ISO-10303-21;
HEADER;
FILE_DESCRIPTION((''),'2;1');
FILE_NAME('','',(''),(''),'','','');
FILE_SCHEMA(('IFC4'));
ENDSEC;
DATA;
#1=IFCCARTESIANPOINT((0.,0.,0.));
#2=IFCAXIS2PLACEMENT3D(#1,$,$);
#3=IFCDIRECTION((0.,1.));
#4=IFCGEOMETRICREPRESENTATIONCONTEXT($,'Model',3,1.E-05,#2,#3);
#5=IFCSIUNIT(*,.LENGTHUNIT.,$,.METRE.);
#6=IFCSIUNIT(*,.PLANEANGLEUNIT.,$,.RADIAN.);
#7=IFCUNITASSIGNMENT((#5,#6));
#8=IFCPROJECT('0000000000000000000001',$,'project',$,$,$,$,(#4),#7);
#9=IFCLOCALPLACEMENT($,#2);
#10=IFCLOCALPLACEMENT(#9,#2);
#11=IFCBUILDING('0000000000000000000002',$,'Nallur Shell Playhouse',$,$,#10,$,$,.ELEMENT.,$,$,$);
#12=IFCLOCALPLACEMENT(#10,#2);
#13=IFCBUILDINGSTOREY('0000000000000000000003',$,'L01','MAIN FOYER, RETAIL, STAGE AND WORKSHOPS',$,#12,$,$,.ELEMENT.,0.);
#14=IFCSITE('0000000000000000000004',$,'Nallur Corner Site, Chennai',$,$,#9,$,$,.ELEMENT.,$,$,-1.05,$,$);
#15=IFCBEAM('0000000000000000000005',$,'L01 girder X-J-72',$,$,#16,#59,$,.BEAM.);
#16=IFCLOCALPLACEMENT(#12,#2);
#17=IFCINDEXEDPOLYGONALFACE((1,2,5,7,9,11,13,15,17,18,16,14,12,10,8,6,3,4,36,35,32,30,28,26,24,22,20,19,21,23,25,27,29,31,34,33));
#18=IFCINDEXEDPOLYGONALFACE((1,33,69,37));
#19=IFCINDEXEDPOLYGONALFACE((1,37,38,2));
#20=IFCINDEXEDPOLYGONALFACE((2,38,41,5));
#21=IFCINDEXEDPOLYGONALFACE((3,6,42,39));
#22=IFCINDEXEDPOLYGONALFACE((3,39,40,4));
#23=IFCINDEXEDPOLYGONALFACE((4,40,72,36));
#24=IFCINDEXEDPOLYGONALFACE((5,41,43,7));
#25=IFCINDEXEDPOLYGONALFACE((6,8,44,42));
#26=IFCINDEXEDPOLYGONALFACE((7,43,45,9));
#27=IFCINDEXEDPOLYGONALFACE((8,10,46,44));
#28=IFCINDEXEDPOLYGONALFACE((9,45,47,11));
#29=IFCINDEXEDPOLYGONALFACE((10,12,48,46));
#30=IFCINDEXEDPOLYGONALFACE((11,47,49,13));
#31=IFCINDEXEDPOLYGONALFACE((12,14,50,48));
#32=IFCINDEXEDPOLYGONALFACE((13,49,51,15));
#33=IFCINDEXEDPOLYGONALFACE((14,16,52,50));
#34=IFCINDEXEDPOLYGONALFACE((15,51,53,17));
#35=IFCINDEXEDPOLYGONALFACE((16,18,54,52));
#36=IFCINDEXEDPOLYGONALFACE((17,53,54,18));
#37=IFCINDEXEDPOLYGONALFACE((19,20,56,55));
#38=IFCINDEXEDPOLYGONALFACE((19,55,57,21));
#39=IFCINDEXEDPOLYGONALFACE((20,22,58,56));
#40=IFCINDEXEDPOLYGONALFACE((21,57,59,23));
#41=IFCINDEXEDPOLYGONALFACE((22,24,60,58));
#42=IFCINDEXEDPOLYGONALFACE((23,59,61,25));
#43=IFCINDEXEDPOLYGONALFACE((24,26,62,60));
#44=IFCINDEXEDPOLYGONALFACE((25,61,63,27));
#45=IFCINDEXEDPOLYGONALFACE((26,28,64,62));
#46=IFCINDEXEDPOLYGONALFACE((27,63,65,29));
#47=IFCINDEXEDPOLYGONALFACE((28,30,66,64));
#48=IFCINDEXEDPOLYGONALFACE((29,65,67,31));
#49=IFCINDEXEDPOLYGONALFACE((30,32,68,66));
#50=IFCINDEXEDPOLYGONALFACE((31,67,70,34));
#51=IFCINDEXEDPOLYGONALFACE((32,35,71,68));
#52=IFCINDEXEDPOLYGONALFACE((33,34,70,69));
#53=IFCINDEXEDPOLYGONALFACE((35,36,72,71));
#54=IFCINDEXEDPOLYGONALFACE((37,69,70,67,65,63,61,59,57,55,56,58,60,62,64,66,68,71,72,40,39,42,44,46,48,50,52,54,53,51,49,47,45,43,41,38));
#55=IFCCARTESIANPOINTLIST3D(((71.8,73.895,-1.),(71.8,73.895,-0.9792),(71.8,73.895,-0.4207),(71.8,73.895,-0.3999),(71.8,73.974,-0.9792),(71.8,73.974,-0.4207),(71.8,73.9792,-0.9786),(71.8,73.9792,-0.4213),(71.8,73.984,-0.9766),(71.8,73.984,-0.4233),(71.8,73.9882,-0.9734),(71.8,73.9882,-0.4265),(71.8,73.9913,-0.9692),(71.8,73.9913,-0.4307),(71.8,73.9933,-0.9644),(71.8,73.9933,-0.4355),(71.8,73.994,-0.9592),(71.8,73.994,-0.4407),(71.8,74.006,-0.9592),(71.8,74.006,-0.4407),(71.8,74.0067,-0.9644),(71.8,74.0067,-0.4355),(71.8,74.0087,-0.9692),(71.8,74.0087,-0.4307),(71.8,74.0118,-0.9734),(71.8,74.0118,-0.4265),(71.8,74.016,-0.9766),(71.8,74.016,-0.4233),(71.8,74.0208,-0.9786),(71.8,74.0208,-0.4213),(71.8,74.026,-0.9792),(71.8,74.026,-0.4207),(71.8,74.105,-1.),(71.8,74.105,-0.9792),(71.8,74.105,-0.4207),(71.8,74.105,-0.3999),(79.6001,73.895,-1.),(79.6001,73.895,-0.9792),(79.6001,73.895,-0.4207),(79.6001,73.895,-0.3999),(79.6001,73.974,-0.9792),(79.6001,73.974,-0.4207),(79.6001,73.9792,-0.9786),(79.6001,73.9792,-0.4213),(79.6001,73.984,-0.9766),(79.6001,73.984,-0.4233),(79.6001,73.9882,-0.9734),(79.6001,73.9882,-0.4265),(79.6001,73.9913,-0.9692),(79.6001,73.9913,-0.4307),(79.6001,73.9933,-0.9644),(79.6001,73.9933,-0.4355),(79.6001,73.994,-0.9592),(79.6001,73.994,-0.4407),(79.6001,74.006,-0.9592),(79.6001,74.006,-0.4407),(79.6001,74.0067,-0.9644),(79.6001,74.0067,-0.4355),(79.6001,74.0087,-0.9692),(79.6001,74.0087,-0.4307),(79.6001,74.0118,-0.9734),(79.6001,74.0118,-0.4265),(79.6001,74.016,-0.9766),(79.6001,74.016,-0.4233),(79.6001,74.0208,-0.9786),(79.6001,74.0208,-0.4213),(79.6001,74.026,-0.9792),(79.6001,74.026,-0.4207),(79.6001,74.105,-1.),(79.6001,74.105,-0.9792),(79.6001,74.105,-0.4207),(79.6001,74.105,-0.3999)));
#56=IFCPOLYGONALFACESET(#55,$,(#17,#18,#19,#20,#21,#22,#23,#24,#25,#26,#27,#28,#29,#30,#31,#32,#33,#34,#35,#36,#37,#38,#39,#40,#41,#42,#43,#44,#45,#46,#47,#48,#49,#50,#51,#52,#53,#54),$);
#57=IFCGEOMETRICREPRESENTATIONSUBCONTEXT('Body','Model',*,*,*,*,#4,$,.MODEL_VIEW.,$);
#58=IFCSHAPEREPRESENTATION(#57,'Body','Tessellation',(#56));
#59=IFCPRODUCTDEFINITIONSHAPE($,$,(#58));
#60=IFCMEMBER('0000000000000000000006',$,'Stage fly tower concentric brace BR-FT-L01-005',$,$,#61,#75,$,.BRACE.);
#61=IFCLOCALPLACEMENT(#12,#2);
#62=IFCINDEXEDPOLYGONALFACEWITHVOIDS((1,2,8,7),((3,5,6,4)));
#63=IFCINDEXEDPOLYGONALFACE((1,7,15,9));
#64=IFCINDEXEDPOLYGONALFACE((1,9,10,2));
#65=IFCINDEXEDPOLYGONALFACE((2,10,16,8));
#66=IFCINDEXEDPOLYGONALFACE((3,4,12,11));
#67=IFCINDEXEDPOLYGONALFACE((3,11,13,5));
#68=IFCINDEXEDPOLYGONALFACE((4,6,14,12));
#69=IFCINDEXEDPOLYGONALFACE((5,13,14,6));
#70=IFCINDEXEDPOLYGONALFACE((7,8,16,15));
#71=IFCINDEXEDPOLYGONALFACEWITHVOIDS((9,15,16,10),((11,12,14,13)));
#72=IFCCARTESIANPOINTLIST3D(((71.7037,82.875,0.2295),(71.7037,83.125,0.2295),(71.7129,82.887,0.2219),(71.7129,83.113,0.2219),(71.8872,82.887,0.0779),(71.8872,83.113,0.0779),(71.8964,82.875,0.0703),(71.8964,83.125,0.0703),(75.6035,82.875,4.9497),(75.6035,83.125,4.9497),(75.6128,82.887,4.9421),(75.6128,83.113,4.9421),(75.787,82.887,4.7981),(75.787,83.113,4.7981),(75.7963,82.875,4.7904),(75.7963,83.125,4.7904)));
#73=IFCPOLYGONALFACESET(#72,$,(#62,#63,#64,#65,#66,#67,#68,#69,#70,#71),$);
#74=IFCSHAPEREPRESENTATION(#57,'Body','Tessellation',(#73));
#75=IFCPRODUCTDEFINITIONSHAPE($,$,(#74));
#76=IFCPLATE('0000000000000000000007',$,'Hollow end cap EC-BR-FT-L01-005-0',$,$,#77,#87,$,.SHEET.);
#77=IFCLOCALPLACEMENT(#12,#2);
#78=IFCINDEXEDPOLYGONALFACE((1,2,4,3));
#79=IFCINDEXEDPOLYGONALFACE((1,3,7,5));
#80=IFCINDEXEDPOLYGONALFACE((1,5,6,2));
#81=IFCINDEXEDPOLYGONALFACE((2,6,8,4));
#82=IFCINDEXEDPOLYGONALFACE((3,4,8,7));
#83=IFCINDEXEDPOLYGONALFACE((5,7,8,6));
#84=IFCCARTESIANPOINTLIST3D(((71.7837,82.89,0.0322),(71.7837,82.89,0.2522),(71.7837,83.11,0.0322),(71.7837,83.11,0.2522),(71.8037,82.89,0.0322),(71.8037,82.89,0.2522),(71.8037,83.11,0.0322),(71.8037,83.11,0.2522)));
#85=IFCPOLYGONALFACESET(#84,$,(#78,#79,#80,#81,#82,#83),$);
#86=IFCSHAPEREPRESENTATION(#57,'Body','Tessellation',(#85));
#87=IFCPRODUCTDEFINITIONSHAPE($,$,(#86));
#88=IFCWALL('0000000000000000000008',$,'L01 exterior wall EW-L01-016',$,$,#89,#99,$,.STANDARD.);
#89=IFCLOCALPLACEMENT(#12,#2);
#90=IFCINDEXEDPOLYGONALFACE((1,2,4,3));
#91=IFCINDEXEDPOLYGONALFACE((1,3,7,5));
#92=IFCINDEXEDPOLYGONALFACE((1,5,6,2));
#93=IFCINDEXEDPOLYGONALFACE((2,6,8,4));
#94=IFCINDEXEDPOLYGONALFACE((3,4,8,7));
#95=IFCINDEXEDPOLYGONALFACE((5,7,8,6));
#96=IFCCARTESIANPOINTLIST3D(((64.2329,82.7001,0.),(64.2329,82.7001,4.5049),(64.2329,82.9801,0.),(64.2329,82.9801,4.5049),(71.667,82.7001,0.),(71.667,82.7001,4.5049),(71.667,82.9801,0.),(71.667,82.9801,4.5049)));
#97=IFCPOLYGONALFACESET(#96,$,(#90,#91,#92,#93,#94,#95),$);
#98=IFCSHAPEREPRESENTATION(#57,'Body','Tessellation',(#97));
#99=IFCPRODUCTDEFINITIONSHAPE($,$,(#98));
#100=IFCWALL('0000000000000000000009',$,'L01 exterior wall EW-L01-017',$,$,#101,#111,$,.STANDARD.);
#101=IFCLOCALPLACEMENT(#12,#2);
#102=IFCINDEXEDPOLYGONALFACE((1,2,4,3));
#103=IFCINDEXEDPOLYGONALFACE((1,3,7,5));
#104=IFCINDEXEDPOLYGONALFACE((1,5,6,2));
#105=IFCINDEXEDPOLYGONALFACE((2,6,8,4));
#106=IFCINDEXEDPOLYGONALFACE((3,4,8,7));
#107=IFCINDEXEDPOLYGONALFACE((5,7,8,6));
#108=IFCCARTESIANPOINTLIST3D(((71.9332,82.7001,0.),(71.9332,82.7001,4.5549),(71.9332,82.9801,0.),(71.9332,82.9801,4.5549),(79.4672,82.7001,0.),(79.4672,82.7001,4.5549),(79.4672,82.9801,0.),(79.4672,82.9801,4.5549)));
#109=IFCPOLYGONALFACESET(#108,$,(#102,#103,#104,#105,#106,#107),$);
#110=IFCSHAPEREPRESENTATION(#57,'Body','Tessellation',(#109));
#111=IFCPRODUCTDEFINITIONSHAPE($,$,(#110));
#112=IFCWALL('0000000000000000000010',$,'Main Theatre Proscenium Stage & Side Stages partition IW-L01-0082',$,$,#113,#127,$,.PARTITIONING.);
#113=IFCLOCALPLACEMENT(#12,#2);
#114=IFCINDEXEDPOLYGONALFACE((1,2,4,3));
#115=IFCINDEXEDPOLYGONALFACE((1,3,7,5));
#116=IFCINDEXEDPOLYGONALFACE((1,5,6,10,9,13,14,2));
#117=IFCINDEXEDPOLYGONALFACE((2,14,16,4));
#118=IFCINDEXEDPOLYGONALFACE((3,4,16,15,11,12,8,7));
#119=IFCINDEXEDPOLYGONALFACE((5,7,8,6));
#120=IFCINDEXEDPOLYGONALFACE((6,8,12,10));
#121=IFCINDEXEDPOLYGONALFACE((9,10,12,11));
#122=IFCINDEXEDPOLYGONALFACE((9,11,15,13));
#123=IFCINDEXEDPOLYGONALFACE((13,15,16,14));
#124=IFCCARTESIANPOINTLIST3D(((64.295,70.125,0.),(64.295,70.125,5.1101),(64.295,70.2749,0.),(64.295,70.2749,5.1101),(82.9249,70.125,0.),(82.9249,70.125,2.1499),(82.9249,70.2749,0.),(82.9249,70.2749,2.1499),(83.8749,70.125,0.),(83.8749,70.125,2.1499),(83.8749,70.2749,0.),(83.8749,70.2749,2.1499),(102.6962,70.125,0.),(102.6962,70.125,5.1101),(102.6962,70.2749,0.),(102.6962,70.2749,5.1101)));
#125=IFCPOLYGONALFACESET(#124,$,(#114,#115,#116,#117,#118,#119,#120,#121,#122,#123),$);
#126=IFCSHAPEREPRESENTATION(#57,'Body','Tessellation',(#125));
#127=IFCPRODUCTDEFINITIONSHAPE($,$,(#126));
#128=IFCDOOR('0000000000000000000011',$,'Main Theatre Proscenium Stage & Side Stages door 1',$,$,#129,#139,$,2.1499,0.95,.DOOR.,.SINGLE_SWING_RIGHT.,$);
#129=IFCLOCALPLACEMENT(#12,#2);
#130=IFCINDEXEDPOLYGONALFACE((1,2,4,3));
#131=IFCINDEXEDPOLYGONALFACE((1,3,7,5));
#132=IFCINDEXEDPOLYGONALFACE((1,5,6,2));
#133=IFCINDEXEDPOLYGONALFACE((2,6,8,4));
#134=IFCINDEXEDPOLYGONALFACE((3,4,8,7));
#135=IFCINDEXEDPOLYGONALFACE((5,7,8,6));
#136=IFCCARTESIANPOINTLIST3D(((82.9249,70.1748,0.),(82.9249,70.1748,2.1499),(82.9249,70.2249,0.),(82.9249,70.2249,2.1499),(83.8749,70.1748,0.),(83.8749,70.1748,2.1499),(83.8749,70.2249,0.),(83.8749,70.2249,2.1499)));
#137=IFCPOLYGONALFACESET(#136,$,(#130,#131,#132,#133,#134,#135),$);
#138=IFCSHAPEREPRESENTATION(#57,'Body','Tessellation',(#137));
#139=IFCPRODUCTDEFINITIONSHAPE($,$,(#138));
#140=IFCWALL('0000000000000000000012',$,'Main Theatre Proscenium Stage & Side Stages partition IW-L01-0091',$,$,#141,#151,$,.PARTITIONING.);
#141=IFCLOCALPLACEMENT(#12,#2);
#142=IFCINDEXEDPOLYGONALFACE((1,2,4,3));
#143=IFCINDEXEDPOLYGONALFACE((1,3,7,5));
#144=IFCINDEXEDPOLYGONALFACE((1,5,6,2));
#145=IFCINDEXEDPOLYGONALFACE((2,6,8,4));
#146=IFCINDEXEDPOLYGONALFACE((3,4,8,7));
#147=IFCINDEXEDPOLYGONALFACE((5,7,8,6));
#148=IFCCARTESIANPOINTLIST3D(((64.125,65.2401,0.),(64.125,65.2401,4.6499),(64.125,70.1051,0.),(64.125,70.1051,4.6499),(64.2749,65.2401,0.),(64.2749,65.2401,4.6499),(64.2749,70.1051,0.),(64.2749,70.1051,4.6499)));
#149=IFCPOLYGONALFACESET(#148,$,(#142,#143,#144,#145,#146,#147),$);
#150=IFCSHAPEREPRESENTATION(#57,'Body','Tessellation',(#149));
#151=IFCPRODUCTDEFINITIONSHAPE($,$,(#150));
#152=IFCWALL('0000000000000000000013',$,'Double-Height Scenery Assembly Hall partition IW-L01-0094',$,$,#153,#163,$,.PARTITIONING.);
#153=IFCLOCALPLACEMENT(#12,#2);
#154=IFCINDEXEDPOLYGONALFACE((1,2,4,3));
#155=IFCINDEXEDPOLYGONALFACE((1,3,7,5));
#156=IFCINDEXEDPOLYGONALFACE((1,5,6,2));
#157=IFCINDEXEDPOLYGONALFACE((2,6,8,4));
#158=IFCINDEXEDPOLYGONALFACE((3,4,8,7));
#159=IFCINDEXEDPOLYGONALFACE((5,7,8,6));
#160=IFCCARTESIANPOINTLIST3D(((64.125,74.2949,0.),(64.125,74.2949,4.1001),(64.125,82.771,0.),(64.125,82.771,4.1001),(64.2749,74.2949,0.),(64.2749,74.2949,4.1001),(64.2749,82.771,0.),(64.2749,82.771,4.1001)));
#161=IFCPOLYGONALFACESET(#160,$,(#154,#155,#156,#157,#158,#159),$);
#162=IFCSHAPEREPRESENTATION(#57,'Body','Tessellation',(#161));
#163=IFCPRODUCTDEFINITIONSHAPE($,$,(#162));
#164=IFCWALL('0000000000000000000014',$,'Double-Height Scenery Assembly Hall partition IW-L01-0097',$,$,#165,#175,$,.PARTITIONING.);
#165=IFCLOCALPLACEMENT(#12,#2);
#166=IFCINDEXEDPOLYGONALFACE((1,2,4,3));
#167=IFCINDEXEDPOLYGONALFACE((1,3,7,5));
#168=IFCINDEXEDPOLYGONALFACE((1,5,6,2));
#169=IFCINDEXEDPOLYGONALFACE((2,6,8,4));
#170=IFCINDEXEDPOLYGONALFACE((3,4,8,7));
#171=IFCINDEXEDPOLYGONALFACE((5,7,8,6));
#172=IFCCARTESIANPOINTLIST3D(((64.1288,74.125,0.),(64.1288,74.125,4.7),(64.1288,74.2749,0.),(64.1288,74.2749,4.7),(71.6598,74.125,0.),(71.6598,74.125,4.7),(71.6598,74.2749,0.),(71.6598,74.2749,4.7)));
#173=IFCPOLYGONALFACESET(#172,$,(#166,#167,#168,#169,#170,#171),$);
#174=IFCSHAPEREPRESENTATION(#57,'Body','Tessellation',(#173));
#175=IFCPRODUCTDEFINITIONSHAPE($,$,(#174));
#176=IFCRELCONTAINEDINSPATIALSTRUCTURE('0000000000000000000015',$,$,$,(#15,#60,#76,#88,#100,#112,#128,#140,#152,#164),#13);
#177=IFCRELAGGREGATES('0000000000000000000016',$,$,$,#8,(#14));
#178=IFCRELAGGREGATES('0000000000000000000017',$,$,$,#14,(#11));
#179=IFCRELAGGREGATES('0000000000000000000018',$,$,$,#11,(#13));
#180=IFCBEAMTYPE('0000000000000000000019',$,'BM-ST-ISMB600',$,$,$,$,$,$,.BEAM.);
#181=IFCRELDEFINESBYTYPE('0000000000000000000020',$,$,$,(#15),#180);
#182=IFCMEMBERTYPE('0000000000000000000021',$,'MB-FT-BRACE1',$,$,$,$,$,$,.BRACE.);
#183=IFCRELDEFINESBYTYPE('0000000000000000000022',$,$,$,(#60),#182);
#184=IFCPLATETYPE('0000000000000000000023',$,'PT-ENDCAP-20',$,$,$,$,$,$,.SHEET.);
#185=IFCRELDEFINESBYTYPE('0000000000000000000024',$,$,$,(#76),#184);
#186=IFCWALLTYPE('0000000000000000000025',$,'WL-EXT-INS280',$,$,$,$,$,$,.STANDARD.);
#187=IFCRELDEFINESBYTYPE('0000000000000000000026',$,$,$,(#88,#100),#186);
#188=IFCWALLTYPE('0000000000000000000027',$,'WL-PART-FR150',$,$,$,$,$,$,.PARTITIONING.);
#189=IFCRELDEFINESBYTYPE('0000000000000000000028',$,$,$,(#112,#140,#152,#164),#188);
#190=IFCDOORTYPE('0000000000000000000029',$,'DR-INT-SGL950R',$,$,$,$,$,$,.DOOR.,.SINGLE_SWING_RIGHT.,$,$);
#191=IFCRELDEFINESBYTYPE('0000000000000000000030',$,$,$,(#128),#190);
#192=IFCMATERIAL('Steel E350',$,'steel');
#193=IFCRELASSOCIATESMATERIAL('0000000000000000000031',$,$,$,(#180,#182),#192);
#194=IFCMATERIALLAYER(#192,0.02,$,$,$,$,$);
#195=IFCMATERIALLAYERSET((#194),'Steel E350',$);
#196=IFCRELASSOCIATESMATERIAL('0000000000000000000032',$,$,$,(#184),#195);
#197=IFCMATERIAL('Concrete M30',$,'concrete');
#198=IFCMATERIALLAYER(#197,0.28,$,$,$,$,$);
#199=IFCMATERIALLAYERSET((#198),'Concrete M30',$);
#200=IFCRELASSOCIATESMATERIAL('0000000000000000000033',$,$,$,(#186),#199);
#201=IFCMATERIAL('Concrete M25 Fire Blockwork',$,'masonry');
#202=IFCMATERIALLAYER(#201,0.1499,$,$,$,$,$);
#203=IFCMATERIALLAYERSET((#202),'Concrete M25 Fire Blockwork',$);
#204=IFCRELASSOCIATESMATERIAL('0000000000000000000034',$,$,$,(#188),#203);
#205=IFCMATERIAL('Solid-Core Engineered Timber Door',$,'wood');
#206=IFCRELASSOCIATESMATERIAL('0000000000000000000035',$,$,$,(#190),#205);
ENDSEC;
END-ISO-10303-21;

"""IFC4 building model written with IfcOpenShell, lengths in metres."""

from ifc_helpers import new_model, si_unit, direction, frame, frame_2d, origin, origin_2d, place, context, subcontext, project, spatial, rectangle, hollow_rectangle, i_section, extrude, material, layer, layer_set, material_profile, profile_set, type_object, element, fill, save


model = new_model("IFC4")

# Units and contexts
model_context = context("Model", 3, precision=1e-05, world=origin(), true_north=direction((0.0, 1.0)))
body_context = subcontext(model_context, "Body", "Model", "MODEL_VIEW")
ifc_project = project(units=[si_unit("LENGTHUNIT", "METRE"), si_unit("PLANEANGLEUNIT", "RADIAN")], contexts=[model_context])

# Site, building, storey
site_placement = place(None, origin())
site = spatial("IfcSite", under=ifc_project, at=site_placement, Name="Nallur Corner Site, Chennai", CompositionType="ELEMENT", RefElevation=-1.05)
building_placement = place(site_placement, origin())
building = spatial("IfcBuilding", under=site, at=building_placement, Name="Nallur Shell Playhouse", CompositionType="ELEMENT")
storey_placement = place(building_placement, origin())
storey = spatial("IfcBuildingStorey", under=building, at=storey_placement, Name="L01", Description="MAIN FOYER, RETAIL, STAGE AND WORKSHOPS", CompositionType="ELEMENT", Elevation=0.0)

# Shared definitions
ifc_material_1 = material(Name="Steel E350", Category="steel")

# Beam
ifc_material_profile_1 = material_profile(ifc_material_1, i_section(OverallWidth=0.21, OverallDepth=0.6001, WebThickness=0.012, FlangeThickness=0.0208, FilletRadius=0.02, at=origin_2d()), Name="ISMB 600")
ifc_profile_set_1 = profile_set([ifc_material_profile_1], Name="Steel E350")
beam_type_1 = type_object("IfcBeamType", Name="BM-ST-ISMB600", PredefinedType="BEAM", material=ifc_profile_set_1)
beam_1_placement = place(storey_placement, frame((71.8, 74.0, -0.7), z_axis=(1.0, 0.0, 0.0), x_axis=(0.0, 1.0, 0.0)))
element("IfcBeam", 1, at=beam_1_placement, inside=storey, type_object=beam_type_1, Name="L01 girder X-J-72", PredefinedType="BEAM", context=body_context, shape_type="SweptSolid", body=[
    extrude(i_section(OverallWidth=0.21, OverallDepth=0.6001, WebThickness=0.012, FlangeThickness=0.0208, FilletRadius=0.02, at=origin_2d()), origin(), (0.0, 0.0, 1.0), 7.8),
])

# Member
ifc_material_profile_2 = material_profile(ifc_material_1, hollow_rectangle(XDim=0.25, YDim=0.25, WallThickness=0.012, at=origin_2d()), Name="SHS 250x250x12")
ifc_profile_set_2 = profile_set([ifc_material_profile_2], Name="Steel E350")
member_type = type_object("IfcMemberType", Name="MB-FT-BRACE1", PredefinedType="BRACE", material=ifc_profile_set_2)
member_placement = place(storey_placement, frame((71.8, 83.0, 0.1499), z_axis=(0.636939, 0.0, 0.770914), x_axis=(0.0, 1.0, 0.0)))
element("IfcMember", 2, at=member_placement, inside=storey, type_object=member_type, Name="Stage fly tower concentric brace BR-FT-L01-005", PredefinedType="BRACE", context=body_context, shape_type="SweptSolid", body=[
    extrude(hollow_rectangle(XDim=0.25, YDim=0.25, WallThickness=0.012, at=origin_2d()), origin(), (0.0, 0.0, 1.0), 6.1228),
])

# Plate
ifc_layer_1 = layer(ifc_material_1, 0.02)
ifc_layer_set_1 = layer_set([ifc_layer_1], Name="Steel E350")
plate_type = type_object("IfcPlateType", Name="PT-ENDCAP-20", PredefinedType="SHEET", material=ifc_layer_set_1)
plate_placement = place(storey_placement, frame((71.7937, 83.0, 0.0322), z_axis=(0.0, 0.0, 1.0), x_axis=(1.0, 0.0, 0.0)))
element("IfcPlate", 3, at=plate_placement, inside=storey, type_object=plate_type, Name="Hollow end cap EC-BR-FT-L01-005-0", PredefinedType="SHEET", context=body_context, shape_type="SweptSolid", body=[
    extrude(rectangle(XDim=0.02, YDim=0.22, at=origin_2d()), origin(), (0.0, 0.0, 1.0), 0.22),
])

# Walls
ifc_material_2 = material(Name="Concrete M30", Category="concrete")
ifc_layer_2 = layer(ifc_material_2, 0.28)
ifc_layer_set_2 = layer_set([ifc_layer_2], Name="Concrete M30")
wall_type_1 = type_object("IfcWallType", Name="WL-EXT-INS280", PredefinedType="STANDARD", material=ifc_layer_set_2)
wall_1_placement = place(storey_placement, frame((64.2329, 82.8401, 0.0), z_axis=(0.0, 0.0, 1.0), x_axis=(1.0, 0.0, 0.0)))
element("IfcWall", 4, at=wall_1_placement, inside=storey, type_object=wall_type_1, Name="L01 exterior wall EW-L01-016", PredefinedType="STANDARD", context=body_context, shape_type="SweptSolid", body=[
    extrude(rectangle(XDim=7.4341, YDim=0.28, at=frame_2d((3.717, 0.0))), origin(), (0.0, 0.0, 1.0), 4.5049),
])
wall_2_placement = place(storey_placement, frame((71.9331, 82.8401, 0.0), z_axis=(0.0, 0.0, 1.0), x_axis=(1.0, 0.0, 0.0)))
element("IfcWall", 5, at=wall_2_placement, inside=storey, type_object=wall_type_1, Name="L01 exterior wall EW-L01-017", PredefinedType="STANDARD", context=body_context, shape_type="SweptSolid", body=[
    extrude(rectangle(XDim=7.5339, YDim=0.28, at=frame_2d((3.7671, 0.0))), origin(), (0.0, 0.0, 1.0), 4.5549),
])

# Wall, opening, door
ifc_material_3 = material(Name="Concrete M25 Fire Blockwork", Category="masonry")
ifc_layer_3 = layer(ifc_material_3, 0.1499)
ifc_layer_set_3 = layer_set([ifc_layer_3], Name="Concrete M25 Fire Blockwork")
wall_type_2 = type_object("IfcWallType", Name="WL-PART-FR150", PredefinedType="PARTITIONING", material=ifc_layer_set_3)
wall_3_placement = place(storey_placement, frame((64.2949, 70.2, 0.0), z_axis=(0.0, 0.0, 1.0), x_axis=(1.0, 0.0, 0.0)))
wall_3 = element("IfcWall", 6, at=wall_3_placement, inside=storey, type_object=wall_type_2, Name="Main Theatre Proscenium Stage & Side Stages partition IW-L01-0082", PredefinedType="PARTITIONING", context=body_context, shape_type="SweptSolid", body=[
    extrude(rectangle(XDim=38.4011, YDim=0.1499, at=frame_2d((19.2007, 0.0))), origin(), (0.0, 0.0, 1.0), 5.1101),
])
opening_placement = place(wall_3_placement, frame((18.6299, 0.0, 0.0)))
opening = element("IfcOpeningElement", 7, at=opening_placement, cuts=wall_3, PredefinedType="OPENING", context=body_context, shape_type="SweptSolid", body=[
    extrude(rectangle(XDim=0.95, YDim=2.1499, at=frame_2d((0.4751, 1.075))), frame((0.0, 0.085, 0.0), z_axis=(0.0, -1.0, 0.0), x_axis=(1.0, 0.0, 0.0)), (0.0, 0.0, 1.0), 0.1699),
])
ifc_material_4 = material(Name="Solid-Core Engineered Timber Door", Category="wood")
door_type = type_object("IfcDoorType", Name="DR-INT-SGL950R", OperationType="SINGLE_SWING_RIGHT", PredefinedType="DOOR", material=ifc_material_4)
door_placement = place(opening_placement, origin())
door = element("IfcDoor", 8, at=door_placement, inside=storey, type_object=door_type, Name="Main Theatre Proscenium Stage & Side Stages door 1", OperationType="SINGLE_SWING_RIGHT", OverallHeight=2.1499, OverallWidth=0.95, PredefinedType="DOOR", context=body_context, shape_type="SweptSolid", body=[
    extrude(rectangle(XDim=0.95, YDim=2.1499, at=frame_2d((0.4751, 1.075))), frame((0.0, 0.0249, 0.0), z_axis=(0.0, -1.0, 0.0), x_axis=(1.0, 0.0, 0.0)), (0.0, 0.0, 1.0), 0.05),
])
fill(opening, door)

# Walls
wall_4_placement = place(storey_placement, frame((64.2, 65.24, 0.0), z_axis=(0.0, 0.0, 1.0), x_axis=(0.0, 1.0, 0.0)))
element("IfcWall", 9, at=wall_4_placement, inside=storey, type_object=wall_type_2, Name="Main Theatre Proscenium Stage & Side Stages partition IW-L01-0091", PredefinedType="PARTITIONING", context=body_context, shape_type="SweptSolid", body=[
    extrude(rectangle(XDim=4.865, YDim=0.1499, at=frame_2d((2.4326, 0.0))), origin(), (0.0, 0.0, 1.0), 4.6499),
])
wall_5_placement = place(storey_placement, frame((64.2, 74.2949, 0.0), z_axis=(0.0, 0.0, 1.0), x_axis=(0.0, 1.0, 0.0)))
element("IfcWall", 10, at=wall_5_placement, inside=storey, type_object=wall_type_2, Name="Double-Height Scenery Assembly Hall partition IW-L01-0094", PredefinedType="PARTITIONING", context=body_context, shape_type="SweptSolid", body=[
    extrude(rectangle(XDim=8.4761, YDim=0.1499, at=frame_2d((4.238, 0.0))), origin(), (0.0, 0.0, 1.0), 4.1001),
])
wall_6_placement = place(storey_placement, frame((71.6599, 74.2, 0.0), z_axis=(0.0, 0.0, 1.0), x_axis=(-1.0, 0.0, 0.0)))
element("IfcWall", 11, at=wall_6_placement, inside=storey, type_object=wall_type_2, Name="Double-Height Scenery Assembly Hall partition IW-L01-0097", PredefinedType="PARTITIONING", context=body_context, shape_type="SweptSolid", body=[
    extrude(rectangle(XDim=7.531, YDim=0.1499, at=frame_2d((3.7656, 0.0))), origin(), (0.0, 0.0, 1.0), 4.7),
])

save(model, "model.ifc")
